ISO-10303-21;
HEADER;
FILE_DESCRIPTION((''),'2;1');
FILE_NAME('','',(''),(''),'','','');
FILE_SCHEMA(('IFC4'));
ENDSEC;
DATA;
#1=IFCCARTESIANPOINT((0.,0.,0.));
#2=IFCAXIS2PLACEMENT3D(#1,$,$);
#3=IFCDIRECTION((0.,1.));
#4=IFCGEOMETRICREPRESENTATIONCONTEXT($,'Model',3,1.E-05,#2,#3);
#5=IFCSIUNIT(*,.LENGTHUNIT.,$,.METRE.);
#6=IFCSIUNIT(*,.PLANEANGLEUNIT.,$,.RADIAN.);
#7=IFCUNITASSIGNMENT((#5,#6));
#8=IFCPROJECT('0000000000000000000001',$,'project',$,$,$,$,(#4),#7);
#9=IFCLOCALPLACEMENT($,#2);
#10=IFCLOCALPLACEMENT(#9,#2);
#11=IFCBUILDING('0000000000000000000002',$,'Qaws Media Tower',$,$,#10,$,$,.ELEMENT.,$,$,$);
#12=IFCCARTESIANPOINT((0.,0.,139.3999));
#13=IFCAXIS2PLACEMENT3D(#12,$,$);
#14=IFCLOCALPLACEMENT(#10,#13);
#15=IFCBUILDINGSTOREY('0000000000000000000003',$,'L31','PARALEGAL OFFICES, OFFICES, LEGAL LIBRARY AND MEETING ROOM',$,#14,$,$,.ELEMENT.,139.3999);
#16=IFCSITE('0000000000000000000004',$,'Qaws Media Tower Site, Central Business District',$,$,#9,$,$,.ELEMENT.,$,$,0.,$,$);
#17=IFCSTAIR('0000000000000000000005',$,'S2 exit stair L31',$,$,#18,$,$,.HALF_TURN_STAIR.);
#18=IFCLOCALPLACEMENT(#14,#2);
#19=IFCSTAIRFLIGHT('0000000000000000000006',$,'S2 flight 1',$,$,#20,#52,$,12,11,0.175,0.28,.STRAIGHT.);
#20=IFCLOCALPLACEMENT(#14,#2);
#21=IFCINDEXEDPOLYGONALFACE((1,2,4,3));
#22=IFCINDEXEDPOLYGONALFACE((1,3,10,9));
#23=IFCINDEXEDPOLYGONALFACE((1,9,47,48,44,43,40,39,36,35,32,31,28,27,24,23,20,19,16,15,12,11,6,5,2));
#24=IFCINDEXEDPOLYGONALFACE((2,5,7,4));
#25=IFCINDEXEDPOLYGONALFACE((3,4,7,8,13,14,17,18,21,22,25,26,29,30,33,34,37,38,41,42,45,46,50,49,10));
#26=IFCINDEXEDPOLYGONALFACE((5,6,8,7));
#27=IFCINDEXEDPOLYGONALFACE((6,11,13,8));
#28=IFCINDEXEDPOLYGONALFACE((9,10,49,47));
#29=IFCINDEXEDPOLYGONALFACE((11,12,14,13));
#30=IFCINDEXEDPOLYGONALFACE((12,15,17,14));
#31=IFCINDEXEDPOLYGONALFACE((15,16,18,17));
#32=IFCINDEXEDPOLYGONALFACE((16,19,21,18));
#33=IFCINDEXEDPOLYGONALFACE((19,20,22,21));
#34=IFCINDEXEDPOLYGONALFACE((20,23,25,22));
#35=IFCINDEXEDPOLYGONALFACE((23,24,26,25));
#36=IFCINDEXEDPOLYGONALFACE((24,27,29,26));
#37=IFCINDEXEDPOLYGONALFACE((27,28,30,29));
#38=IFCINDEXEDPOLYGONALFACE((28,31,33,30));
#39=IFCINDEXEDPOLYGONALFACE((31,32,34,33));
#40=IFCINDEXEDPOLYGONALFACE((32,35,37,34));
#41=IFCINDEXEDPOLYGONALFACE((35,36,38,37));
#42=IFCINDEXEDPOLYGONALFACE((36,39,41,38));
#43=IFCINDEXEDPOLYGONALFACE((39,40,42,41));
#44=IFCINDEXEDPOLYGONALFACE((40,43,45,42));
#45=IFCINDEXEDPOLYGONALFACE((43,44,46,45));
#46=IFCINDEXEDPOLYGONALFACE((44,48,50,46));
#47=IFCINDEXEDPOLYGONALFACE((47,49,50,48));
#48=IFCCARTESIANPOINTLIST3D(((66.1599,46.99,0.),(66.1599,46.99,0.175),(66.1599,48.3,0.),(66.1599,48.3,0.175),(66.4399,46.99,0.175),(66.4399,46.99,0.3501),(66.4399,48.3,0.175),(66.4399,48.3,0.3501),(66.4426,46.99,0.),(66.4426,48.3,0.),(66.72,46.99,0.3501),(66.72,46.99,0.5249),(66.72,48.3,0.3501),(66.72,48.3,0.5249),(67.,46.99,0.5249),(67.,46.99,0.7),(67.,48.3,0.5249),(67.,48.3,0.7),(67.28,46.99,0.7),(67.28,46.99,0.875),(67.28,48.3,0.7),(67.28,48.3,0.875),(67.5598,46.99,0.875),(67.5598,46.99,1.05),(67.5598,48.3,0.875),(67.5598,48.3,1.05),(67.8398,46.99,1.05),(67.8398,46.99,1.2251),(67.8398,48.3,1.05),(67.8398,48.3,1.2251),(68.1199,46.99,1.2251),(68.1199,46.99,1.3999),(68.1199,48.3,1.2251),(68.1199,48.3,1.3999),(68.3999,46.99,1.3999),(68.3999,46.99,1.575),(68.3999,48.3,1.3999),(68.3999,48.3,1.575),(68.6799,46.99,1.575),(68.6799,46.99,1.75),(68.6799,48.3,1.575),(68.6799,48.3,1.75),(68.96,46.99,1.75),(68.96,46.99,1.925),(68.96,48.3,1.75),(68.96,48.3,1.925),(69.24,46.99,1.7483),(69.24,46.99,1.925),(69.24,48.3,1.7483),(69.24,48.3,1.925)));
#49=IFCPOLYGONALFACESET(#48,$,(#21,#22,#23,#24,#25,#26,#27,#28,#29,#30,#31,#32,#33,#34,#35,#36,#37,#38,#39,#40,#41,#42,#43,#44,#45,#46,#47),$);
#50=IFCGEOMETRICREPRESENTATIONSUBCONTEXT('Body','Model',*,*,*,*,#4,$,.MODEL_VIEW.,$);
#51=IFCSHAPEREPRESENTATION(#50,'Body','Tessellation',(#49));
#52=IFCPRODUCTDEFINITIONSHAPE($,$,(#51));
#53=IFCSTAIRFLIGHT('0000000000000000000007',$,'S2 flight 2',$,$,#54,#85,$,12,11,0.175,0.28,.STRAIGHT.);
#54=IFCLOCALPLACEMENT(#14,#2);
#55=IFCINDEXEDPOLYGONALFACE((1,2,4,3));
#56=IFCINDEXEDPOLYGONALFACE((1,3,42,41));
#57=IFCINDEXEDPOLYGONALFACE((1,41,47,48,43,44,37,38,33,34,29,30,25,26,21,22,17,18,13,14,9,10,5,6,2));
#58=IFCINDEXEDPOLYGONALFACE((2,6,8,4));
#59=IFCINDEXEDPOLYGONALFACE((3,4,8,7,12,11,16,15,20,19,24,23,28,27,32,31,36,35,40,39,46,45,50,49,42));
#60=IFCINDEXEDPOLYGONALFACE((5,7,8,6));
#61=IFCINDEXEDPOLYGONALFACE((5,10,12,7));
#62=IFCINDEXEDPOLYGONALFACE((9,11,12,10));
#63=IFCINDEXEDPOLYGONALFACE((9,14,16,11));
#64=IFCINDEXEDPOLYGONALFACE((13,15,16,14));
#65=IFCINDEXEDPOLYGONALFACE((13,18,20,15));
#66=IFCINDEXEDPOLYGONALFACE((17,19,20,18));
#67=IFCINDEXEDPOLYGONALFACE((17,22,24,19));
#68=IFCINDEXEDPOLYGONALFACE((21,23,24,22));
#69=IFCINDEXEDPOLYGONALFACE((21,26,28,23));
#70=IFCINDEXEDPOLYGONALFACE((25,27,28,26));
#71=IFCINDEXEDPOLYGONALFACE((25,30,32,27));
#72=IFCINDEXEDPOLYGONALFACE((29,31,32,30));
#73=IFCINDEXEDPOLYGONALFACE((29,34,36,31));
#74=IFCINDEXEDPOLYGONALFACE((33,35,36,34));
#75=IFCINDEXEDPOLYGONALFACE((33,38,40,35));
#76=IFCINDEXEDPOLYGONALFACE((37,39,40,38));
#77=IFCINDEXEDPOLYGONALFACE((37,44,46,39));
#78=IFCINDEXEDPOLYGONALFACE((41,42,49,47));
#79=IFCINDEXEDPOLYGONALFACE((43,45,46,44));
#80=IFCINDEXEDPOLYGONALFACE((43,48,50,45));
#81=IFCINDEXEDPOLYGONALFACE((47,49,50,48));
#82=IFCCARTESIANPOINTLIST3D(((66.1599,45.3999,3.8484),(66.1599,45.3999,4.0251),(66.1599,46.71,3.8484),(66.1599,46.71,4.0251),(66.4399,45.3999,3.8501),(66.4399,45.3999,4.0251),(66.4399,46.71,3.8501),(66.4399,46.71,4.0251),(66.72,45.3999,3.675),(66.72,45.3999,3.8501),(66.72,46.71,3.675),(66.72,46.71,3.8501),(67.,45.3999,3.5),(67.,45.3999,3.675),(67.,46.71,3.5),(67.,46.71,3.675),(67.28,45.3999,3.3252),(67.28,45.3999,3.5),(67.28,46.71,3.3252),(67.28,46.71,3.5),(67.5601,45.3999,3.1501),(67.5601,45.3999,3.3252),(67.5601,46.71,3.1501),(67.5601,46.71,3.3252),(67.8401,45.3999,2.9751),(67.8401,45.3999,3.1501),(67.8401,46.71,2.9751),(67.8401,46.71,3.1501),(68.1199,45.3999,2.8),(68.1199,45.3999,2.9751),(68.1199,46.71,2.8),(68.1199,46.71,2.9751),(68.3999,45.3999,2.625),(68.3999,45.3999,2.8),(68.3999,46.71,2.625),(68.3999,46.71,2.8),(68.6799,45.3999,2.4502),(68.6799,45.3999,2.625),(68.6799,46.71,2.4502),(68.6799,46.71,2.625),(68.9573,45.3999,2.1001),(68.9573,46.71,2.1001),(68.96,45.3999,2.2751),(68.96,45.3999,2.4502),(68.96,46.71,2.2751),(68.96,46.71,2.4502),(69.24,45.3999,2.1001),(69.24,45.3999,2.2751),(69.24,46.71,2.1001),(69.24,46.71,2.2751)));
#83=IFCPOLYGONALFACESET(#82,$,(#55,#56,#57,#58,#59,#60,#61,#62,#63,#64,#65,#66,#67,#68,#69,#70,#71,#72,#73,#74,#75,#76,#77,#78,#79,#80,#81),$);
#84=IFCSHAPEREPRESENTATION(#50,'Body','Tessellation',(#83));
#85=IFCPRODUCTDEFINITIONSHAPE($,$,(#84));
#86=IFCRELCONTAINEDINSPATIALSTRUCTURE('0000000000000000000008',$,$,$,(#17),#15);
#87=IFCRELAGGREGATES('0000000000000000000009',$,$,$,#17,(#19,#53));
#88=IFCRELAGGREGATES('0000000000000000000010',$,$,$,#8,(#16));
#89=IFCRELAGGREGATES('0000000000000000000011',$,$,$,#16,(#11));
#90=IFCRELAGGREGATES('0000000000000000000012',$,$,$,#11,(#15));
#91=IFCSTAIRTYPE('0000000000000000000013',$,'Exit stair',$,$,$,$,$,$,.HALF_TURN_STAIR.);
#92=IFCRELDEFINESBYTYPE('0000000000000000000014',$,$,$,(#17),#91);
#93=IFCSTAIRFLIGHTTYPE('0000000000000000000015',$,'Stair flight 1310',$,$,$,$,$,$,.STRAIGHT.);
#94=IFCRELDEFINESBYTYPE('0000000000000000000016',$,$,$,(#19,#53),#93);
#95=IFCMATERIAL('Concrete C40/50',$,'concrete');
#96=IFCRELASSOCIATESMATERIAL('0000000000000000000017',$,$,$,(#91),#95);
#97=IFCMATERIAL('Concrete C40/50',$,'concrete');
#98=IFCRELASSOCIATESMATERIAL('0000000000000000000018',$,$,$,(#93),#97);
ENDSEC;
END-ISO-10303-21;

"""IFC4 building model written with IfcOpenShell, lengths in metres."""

from ifc_helpers import new_model, si_unit, direction, frame, origin, place, context, subcontext, project, spatial, polyline, outline, extrude, material, type_object, element, aggregate, save


model = new_model("IFC4")

# Units and contexts
model_context = context("Model", 3, precision=1e-05, world=origin(), true_north=direction((0.0, 1.0)))
body_context = subcontext(model_context, "Body", "Model", "MODEL_VIEW")
ifc_project = project(units=[si_unit("LENGTHUNIT", "METRE"), si_unit("PLANEANGLEUNIT", "RADIAN")], contexts=[model_context])

# Site, building, storey
site_placement = place(None, origin())
site = spatial("IfcSite", under=ifc_project, at=site_placement, Name="Qaws Media Tower Site, Central Business District", CompositionType="ELEMENT", RefElevation=0.0)
building_placement = place(site_placement, origin())
building = spatial("IfcBuilding", under=site, at=building_placement, Name="Qaws Media Tower", CompositionType="ELEMENT")
storey_placement = place(building_placement, frame((0.0, 0.0, 139.3999)))
storey = spatial("IfcBuildingStorey", under=building, at=storey_placement, Name="L31", Description="PARALEGAL OFFICES, OFFICES, LEGAL LIBRARY AND MEETING ROOM", CompositionType="ELEMENT", Elevation=139.3999)

# Stair, stair flights
ifc_material_1 = material(Name="Concrete C40/50", Category="concrete")
stair_type = type_object("IfcStairType", Name="Exit stair", PredefinedType="HALF_TURN_STAIR", material=ifc_material_1)
stair_placement = place(storey_placement, origin())
stair = element("IfcStair", 1, at=stair_placement, inside=storey, type_object=stair_type, Name="S2 exit stair L31", PredefinedType="HALF_TURN_STAIR")
ifc_material_2 = material(Name="Concrete C40/50", Category="concrete")
stair_flight_type = type_object("IfcStairFlightType", Name="Stair flight 1310", PredefinedType="STRAIGHT", material=ifc_material_2)
stair_flight_1_placement = place(storey_placement, frame((66.1599, 47.645, 0.0), z_axis=(0.0, 0.0, 1.0), x_axis=(1.0, 0.0, 0.0)))
stair_flight_1 = element("IfcStairFlight", 2, at=stair_flight_1_placement, type_object=stair_flight_type, Name="S2 flight 1", NumberOfRisers=12, NumberOfTreads=11, PredefinedType="STRAIGHT", RiserHeight=0.175, TreadLength=0.28, context=body_context, shape_type="SweptSolid", body=[
    extrude(outline(polyline([(0.0, 0.0), (0.0, 0.175), (0.28, 0.175), (0.28, 0.3501), (0.5601, 0.3501), (0.5601, 0.5249), (0.8401, 0.5249), (0.8401, 0.7), (1.1201, 0.7), (1.1201, 0.875), (1.3999, 0.875), (1.3999, 1.05), (1.6799, 1.05), (1.6799, 1.2251), (1.96, 1.2251), (1.96, 1.3999), (2.24, 1.3999), (2.24, 1.575), (2.52, 1.575), (2.52, 1.75), (2.8, 1.75), (2.8, 1.925), (3.0801, 1.925), (3.0801, 2.1001), (3.0801, 1.7483), (0.2827, 0.0), (0.0, 0.0)])), frame((0.0, 0.655, 0.0), z_axis=(0.0, -1.0, 0.0), x_axis=(1.0, 0.0, 0.0)), (0.0, 0.0, 1.0), 1.3101),
])
stair_flight_2_placement = place(storey_placement, frame((69.24, 46.0549, 2.1001), z_axis=(0.0, 0.0, 1.0), x_axis=(-1.0, 0.0, 0.0)))
stair_flight_2 = element("IfcStairFlight", 3, at=stair_flight_2_placement, type_object=stair_flight_type, Name="S2 flight 2", NumberOfRisers=12, NumberOfTreads=11, PredefinedType="STRAIGHT", RiserHeight=0.175, TreadLength=0.28, context=body_context, shape_type="SweptSolid", body=[
    extrude(outline(polyline([(0.0, 0.0), (0.0, 0.175), (0.28, 0.175), (0.28, 0.3501), (0.5601, 0.3501), (0.5601, 0.5249), (0.8401, 0.5249), (0.8401, 0.7), (1.1201, 0.7), (1.1201, 0.875), (1.3999, 0.875), (1.3999, 1.05), (1.6799, 1.05), (1.6799, 1.2251), (1.96, 1.2251), (1.96, 1.3999), (2.24, 1.3999), (2.24, 1.575), (2.52, 1.575), (2.52, 1.75), (2.8, 1.75), (2.8, 1.925), (3.0801, 1.925), (3.0801, 2.1001), (3.0801, 1.7483), (0.2827, 0.0), (0.0, 0.0)])), frame((0.0, 0.655, 0.0), z_axis=(0.0, -1.0, 0.0), x_axis=(1.0, 0.0, 0.0)), (0.0, 0.0, 1.0), 1.3101),
])
aggregate(stair, [stair_flight_1, stair_flight_2])

save(model, "model.ifc")
